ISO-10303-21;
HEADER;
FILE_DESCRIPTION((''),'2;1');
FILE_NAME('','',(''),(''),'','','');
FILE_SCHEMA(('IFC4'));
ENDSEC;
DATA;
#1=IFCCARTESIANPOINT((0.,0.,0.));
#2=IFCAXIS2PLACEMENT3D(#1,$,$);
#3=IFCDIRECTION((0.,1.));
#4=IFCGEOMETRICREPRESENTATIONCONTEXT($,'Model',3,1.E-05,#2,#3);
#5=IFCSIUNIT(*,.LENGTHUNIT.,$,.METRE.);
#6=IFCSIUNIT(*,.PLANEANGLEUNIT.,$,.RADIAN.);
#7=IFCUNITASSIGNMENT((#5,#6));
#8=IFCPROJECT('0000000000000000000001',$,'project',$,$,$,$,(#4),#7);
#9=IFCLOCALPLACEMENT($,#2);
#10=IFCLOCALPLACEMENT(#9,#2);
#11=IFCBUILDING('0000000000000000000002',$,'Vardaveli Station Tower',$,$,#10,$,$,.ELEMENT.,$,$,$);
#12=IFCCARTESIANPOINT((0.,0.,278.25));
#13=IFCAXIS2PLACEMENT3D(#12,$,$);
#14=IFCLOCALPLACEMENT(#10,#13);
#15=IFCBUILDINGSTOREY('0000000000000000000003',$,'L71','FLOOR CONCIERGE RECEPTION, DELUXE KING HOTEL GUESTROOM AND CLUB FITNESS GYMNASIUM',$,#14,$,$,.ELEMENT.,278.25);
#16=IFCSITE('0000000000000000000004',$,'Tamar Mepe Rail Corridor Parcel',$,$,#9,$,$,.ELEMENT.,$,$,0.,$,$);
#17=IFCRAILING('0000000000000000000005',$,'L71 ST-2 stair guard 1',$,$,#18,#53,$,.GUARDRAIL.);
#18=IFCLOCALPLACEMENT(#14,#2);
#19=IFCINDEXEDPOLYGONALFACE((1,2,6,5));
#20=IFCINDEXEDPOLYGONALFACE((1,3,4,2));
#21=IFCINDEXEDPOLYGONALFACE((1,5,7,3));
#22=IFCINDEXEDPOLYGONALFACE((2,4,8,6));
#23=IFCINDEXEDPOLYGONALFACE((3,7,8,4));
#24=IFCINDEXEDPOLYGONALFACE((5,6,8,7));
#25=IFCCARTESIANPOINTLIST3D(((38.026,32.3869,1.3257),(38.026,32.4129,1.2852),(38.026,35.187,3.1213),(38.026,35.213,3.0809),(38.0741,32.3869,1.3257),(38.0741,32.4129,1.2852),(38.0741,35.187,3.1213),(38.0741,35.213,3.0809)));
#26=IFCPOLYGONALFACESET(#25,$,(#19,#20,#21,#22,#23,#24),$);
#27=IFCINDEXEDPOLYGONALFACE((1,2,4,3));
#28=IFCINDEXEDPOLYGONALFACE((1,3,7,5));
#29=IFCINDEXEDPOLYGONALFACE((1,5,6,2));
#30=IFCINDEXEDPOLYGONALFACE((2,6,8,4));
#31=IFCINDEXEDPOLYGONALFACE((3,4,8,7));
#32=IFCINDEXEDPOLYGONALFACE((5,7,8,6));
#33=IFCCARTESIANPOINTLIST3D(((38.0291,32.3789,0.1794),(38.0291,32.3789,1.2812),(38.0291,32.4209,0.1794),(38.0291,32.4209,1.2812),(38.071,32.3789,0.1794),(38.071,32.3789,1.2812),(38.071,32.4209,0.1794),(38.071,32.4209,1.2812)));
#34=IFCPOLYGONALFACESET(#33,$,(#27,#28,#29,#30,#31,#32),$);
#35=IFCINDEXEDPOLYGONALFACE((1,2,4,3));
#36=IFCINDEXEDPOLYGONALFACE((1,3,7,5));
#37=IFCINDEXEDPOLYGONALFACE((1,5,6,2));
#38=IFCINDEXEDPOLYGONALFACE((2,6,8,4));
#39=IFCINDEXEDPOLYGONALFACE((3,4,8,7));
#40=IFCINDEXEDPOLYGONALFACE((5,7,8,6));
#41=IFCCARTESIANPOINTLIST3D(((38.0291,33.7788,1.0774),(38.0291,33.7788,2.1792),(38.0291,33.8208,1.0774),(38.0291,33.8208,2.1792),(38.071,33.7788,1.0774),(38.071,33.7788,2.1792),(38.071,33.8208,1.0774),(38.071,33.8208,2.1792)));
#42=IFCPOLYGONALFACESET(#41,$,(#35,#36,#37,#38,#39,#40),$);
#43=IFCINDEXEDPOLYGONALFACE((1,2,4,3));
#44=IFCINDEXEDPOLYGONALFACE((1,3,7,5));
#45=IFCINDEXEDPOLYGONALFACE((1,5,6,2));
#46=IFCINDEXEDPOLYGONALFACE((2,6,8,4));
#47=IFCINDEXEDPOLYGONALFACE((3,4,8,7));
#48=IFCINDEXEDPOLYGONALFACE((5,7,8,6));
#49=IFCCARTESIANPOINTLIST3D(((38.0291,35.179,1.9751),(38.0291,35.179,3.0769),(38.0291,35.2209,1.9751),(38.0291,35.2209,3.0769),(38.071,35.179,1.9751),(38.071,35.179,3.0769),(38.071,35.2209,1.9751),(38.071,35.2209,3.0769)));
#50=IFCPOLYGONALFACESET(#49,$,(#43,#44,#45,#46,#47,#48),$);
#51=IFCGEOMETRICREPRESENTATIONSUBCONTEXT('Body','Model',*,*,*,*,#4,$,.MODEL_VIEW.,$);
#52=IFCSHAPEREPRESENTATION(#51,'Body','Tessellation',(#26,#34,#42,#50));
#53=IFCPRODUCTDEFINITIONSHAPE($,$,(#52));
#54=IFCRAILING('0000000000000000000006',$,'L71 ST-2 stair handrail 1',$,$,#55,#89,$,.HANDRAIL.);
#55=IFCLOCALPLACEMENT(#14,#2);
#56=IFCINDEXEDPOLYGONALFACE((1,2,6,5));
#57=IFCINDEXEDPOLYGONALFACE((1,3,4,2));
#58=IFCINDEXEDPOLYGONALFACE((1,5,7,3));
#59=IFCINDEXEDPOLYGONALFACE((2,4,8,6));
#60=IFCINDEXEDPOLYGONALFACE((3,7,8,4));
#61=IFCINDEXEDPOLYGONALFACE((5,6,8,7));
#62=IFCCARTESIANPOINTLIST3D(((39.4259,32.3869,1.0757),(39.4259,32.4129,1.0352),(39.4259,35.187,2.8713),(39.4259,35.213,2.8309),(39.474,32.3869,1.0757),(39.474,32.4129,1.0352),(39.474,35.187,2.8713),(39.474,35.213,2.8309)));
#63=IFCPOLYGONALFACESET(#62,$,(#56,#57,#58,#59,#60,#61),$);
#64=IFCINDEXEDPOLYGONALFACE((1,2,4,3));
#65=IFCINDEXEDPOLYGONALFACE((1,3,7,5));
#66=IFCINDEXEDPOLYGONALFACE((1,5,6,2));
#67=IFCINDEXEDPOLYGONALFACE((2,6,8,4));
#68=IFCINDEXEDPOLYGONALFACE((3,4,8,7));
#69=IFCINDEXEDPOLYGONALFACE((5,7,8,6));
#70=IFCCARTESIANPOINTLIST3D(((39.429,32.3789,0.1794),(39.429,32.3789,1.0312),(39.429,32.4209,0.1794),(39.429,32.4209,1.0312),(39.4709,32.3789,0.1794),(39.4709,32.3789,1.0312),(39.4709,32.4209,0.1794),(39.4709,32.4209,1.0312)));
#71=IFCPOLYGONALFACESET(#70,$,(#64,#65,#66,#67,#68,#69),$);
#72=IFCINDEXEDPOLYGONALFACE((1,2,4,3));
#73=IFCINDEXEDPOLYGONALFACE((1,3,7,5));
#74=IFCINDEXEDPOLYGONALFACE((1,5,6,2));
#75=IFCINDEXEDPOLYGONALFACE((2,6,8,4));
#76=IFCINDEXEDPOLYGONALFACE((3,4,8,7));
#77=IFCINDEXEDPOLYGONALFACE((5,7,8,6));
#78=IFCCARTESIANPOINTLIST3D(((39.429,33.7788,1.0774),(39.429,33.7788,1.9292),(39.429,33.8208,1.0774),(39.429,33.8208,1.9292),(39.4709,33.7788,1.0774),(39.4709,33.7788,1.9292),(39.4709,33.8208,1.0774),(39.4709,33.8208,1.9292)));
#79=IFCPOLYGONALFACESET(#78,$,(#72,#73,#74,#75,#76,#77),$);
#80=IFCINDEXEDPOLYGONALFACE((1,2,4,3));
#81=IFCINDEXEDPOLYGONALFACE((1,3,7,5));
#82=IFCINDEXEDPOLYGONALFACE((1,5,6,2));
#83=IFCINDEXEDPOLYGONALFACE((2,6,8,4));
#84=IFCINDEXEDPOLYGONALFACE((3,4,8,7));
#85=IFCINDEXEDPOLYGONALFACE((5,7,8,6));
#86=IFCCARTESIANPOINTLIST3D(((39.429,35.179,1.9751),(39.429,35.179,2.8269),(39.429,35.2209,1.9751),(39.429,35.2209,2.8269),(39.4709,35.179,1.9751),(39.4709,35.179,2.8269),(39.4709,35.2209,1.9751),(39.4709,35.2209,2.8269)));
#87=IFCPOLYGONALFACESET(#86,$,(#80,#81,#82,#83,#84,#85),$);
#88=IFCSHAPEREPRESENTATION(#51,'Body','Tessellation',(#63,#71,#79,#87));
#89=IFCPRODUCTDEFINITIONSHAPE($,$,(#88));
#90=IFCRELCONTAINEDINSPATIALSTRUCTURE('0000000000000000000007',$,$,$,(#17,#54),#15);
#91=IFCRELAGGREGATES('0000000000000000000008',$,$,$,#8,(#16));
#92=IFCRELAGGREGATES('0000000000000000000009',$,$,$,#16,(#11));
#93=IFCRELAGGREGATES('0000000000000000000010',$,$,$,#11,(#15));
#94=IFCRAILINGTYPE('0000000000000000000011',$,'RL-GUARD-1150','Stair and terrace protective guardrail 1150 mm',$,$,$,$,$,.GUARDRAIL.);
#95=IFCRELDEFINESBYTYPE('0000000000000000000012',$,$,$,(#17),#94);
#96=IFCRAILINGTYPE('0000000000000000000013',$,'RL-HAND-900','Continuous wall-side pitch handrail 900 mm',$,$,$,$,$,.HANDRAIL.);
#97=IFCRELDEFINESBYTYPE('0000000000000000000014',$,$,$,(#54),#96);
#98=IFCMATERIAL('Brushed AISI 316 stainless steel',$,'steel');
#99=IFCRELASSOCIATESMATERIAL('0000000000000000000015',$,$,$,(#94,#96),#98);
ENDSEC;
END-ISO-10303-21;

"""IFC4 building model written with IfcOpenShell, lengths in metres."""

from ifc_helpers import new_model, si_unit, direction, frame, origin, origin_2d, place, context, subcontext, project, spatial, rectangle, extrude, source, transform, mapped, material, type_object, element, save


model = new_model("IFC4")

# Units and contexts
model_context = context("Model", 3, precision=1e-05, world=origin(), true_north=direction((0.0, 1.0)))
body_context = subcontext(model_context, "Body", "Model", "MODEL_VIEW")
ifc_project = project(units=[si_unit("LENGTHUNIT", "METRE"), si_unit("PLANEANGLEUNIT", "RADIAN")], contexts=[model_context])

# Site, building, storey
site_placement = place(None, origin())
site = spatial("IfcSite", under=ifc_project, at=site_placement, Name="Tamar Mepe Rail Corridor Parcel", CompositionType="ELEMENT", RefElevation=0.0)
building_placement = place(site_placement, origin())
building = spatial("IfcBuilding", under=site, at=building_placement, Name="Vardaveli Station Tower", CompositionType="ELEMENT")
storey_placement = place(building_placement, frame((0.0, 0.0, 278.25)))
storey = spatial("IfcBuildingStorey", under=building, at=storey_placement, Name="L71", Description="FLOOR CONCIERGE RECEPTION, DELUXE KING HOTEL GUESTROOM AND CLUB FITNESS GYMNASIUM", CompositionType="ELEMENT", Elevation=278.25)

# Railings
ifc_material_1 = material(Name="Brushed AISI 316 stainless steel", Category="steel")
railing_type_1 = type_object("IfcRailingType", Name="RL-GUARD-1150", Description="Stair and terrace protective guardrail 1150 mm", PredefinedType="GUARDRAIL", material=ifc_material_1)
shared_shape_1 = source(origin(), body_context, "Body", "SweptSolid", [
    extrude(rectangle(XDim=0.0481, YDim=0.0481, at=origin_2d()), frame((0.0, 0.0, 1.126), z_axis=(0.0, 0.841777, 0.539826), x_axis=(-1.0, 0.0, 0.0)), (0.0, 0.0, 1.0), 3.3264),
    extrude(rectangle(XDim=0.042, YDim=0.042, at=origin_2d()), origin(), (0.0, 0.0, 1.0), 1.1018),
    extrude(rectangle(XDim=0.042, YDim=0.042, at=origin_2d()), frame((0.0, 1.3999, 0.8979)), (0.0, 0.0, 1.0), 1.1018),
    extrude(rectangle(XDim=0.042, YDim=0.042, at=origin_2d()), frame((0.0, 2.8, 1.7957)), (0.0, 0.0, 1.0), 1.1018),
])
railing_1_placement = place(storey_placement, frame((38.05, 32.3999, 0.1794)))
element("IfcRailing", 1, at=railing_1_placement, inside=storey, type_object=railing_type_1, Name="L71 ST-2 stair guard 1", PredefinedType="GUARDRAIL", context=body_context, shape_type="MappedRepresentation", body=[
    mapped(shared_shape_1, transform((0.0, 0.0, 0.0), scale=1.0)),
])
railing_type_2 = type_object("IfcRailingType", Name="RL-HAND-900", Description="Continuous wall-side pitch handrail 900 mm", PredefinedType="HANDRAIL", material=ifc_material_1)
shared_shape_2 = source(origin(), body_context, "Body", "SweptSolid", [
    extrude(rectangle(XDim=0.0481, YDim=0.0481, at=origin_2d()), frame((0.0, 0.0, 0.876), z_axis=(0.0, 0.841777, 0.539826), x_axis=(-1.0, 0.0, 0.0)), (0.0, 0.0, 1.0), 3.3264),
    extrude(rectangle(XDim=0.042, YDim=0.042, at=origin_2d()), origin(), (0.0, 0.0, 1.0), 0.8518),
    extrude(rectangle(XDim=0.042, YDim=0.042, at=origin_2d()), frame((0.0, 1.3999, 0.8979)), (0.0, 0.0, 1.0), 0.8518),
    extrude(rectangle(XDim=0.042, YDim=0.042, at=origin_2d()), frame((0.0, 2.8, 1.7957)), (0.0, 0.0, 1.0), 0.8518),
])
railing_2_placement = place(storey_placement, frame((39.45, 32.3999, 0.1794)))
element("IfcRailing", 2, at=railing_2_placement, inside=storey, type_object=railing_type_2, Name="L71 ST-2 stair handrail 1", PredefinedType="HANDRAIL", context=body_context, shape_type="MappedRepresentation", body=[
    mapped(shared_shape_2, transform((0.0, 0.0, 0.0), scale=1.0)),
])

save(model, "model.ifc")
